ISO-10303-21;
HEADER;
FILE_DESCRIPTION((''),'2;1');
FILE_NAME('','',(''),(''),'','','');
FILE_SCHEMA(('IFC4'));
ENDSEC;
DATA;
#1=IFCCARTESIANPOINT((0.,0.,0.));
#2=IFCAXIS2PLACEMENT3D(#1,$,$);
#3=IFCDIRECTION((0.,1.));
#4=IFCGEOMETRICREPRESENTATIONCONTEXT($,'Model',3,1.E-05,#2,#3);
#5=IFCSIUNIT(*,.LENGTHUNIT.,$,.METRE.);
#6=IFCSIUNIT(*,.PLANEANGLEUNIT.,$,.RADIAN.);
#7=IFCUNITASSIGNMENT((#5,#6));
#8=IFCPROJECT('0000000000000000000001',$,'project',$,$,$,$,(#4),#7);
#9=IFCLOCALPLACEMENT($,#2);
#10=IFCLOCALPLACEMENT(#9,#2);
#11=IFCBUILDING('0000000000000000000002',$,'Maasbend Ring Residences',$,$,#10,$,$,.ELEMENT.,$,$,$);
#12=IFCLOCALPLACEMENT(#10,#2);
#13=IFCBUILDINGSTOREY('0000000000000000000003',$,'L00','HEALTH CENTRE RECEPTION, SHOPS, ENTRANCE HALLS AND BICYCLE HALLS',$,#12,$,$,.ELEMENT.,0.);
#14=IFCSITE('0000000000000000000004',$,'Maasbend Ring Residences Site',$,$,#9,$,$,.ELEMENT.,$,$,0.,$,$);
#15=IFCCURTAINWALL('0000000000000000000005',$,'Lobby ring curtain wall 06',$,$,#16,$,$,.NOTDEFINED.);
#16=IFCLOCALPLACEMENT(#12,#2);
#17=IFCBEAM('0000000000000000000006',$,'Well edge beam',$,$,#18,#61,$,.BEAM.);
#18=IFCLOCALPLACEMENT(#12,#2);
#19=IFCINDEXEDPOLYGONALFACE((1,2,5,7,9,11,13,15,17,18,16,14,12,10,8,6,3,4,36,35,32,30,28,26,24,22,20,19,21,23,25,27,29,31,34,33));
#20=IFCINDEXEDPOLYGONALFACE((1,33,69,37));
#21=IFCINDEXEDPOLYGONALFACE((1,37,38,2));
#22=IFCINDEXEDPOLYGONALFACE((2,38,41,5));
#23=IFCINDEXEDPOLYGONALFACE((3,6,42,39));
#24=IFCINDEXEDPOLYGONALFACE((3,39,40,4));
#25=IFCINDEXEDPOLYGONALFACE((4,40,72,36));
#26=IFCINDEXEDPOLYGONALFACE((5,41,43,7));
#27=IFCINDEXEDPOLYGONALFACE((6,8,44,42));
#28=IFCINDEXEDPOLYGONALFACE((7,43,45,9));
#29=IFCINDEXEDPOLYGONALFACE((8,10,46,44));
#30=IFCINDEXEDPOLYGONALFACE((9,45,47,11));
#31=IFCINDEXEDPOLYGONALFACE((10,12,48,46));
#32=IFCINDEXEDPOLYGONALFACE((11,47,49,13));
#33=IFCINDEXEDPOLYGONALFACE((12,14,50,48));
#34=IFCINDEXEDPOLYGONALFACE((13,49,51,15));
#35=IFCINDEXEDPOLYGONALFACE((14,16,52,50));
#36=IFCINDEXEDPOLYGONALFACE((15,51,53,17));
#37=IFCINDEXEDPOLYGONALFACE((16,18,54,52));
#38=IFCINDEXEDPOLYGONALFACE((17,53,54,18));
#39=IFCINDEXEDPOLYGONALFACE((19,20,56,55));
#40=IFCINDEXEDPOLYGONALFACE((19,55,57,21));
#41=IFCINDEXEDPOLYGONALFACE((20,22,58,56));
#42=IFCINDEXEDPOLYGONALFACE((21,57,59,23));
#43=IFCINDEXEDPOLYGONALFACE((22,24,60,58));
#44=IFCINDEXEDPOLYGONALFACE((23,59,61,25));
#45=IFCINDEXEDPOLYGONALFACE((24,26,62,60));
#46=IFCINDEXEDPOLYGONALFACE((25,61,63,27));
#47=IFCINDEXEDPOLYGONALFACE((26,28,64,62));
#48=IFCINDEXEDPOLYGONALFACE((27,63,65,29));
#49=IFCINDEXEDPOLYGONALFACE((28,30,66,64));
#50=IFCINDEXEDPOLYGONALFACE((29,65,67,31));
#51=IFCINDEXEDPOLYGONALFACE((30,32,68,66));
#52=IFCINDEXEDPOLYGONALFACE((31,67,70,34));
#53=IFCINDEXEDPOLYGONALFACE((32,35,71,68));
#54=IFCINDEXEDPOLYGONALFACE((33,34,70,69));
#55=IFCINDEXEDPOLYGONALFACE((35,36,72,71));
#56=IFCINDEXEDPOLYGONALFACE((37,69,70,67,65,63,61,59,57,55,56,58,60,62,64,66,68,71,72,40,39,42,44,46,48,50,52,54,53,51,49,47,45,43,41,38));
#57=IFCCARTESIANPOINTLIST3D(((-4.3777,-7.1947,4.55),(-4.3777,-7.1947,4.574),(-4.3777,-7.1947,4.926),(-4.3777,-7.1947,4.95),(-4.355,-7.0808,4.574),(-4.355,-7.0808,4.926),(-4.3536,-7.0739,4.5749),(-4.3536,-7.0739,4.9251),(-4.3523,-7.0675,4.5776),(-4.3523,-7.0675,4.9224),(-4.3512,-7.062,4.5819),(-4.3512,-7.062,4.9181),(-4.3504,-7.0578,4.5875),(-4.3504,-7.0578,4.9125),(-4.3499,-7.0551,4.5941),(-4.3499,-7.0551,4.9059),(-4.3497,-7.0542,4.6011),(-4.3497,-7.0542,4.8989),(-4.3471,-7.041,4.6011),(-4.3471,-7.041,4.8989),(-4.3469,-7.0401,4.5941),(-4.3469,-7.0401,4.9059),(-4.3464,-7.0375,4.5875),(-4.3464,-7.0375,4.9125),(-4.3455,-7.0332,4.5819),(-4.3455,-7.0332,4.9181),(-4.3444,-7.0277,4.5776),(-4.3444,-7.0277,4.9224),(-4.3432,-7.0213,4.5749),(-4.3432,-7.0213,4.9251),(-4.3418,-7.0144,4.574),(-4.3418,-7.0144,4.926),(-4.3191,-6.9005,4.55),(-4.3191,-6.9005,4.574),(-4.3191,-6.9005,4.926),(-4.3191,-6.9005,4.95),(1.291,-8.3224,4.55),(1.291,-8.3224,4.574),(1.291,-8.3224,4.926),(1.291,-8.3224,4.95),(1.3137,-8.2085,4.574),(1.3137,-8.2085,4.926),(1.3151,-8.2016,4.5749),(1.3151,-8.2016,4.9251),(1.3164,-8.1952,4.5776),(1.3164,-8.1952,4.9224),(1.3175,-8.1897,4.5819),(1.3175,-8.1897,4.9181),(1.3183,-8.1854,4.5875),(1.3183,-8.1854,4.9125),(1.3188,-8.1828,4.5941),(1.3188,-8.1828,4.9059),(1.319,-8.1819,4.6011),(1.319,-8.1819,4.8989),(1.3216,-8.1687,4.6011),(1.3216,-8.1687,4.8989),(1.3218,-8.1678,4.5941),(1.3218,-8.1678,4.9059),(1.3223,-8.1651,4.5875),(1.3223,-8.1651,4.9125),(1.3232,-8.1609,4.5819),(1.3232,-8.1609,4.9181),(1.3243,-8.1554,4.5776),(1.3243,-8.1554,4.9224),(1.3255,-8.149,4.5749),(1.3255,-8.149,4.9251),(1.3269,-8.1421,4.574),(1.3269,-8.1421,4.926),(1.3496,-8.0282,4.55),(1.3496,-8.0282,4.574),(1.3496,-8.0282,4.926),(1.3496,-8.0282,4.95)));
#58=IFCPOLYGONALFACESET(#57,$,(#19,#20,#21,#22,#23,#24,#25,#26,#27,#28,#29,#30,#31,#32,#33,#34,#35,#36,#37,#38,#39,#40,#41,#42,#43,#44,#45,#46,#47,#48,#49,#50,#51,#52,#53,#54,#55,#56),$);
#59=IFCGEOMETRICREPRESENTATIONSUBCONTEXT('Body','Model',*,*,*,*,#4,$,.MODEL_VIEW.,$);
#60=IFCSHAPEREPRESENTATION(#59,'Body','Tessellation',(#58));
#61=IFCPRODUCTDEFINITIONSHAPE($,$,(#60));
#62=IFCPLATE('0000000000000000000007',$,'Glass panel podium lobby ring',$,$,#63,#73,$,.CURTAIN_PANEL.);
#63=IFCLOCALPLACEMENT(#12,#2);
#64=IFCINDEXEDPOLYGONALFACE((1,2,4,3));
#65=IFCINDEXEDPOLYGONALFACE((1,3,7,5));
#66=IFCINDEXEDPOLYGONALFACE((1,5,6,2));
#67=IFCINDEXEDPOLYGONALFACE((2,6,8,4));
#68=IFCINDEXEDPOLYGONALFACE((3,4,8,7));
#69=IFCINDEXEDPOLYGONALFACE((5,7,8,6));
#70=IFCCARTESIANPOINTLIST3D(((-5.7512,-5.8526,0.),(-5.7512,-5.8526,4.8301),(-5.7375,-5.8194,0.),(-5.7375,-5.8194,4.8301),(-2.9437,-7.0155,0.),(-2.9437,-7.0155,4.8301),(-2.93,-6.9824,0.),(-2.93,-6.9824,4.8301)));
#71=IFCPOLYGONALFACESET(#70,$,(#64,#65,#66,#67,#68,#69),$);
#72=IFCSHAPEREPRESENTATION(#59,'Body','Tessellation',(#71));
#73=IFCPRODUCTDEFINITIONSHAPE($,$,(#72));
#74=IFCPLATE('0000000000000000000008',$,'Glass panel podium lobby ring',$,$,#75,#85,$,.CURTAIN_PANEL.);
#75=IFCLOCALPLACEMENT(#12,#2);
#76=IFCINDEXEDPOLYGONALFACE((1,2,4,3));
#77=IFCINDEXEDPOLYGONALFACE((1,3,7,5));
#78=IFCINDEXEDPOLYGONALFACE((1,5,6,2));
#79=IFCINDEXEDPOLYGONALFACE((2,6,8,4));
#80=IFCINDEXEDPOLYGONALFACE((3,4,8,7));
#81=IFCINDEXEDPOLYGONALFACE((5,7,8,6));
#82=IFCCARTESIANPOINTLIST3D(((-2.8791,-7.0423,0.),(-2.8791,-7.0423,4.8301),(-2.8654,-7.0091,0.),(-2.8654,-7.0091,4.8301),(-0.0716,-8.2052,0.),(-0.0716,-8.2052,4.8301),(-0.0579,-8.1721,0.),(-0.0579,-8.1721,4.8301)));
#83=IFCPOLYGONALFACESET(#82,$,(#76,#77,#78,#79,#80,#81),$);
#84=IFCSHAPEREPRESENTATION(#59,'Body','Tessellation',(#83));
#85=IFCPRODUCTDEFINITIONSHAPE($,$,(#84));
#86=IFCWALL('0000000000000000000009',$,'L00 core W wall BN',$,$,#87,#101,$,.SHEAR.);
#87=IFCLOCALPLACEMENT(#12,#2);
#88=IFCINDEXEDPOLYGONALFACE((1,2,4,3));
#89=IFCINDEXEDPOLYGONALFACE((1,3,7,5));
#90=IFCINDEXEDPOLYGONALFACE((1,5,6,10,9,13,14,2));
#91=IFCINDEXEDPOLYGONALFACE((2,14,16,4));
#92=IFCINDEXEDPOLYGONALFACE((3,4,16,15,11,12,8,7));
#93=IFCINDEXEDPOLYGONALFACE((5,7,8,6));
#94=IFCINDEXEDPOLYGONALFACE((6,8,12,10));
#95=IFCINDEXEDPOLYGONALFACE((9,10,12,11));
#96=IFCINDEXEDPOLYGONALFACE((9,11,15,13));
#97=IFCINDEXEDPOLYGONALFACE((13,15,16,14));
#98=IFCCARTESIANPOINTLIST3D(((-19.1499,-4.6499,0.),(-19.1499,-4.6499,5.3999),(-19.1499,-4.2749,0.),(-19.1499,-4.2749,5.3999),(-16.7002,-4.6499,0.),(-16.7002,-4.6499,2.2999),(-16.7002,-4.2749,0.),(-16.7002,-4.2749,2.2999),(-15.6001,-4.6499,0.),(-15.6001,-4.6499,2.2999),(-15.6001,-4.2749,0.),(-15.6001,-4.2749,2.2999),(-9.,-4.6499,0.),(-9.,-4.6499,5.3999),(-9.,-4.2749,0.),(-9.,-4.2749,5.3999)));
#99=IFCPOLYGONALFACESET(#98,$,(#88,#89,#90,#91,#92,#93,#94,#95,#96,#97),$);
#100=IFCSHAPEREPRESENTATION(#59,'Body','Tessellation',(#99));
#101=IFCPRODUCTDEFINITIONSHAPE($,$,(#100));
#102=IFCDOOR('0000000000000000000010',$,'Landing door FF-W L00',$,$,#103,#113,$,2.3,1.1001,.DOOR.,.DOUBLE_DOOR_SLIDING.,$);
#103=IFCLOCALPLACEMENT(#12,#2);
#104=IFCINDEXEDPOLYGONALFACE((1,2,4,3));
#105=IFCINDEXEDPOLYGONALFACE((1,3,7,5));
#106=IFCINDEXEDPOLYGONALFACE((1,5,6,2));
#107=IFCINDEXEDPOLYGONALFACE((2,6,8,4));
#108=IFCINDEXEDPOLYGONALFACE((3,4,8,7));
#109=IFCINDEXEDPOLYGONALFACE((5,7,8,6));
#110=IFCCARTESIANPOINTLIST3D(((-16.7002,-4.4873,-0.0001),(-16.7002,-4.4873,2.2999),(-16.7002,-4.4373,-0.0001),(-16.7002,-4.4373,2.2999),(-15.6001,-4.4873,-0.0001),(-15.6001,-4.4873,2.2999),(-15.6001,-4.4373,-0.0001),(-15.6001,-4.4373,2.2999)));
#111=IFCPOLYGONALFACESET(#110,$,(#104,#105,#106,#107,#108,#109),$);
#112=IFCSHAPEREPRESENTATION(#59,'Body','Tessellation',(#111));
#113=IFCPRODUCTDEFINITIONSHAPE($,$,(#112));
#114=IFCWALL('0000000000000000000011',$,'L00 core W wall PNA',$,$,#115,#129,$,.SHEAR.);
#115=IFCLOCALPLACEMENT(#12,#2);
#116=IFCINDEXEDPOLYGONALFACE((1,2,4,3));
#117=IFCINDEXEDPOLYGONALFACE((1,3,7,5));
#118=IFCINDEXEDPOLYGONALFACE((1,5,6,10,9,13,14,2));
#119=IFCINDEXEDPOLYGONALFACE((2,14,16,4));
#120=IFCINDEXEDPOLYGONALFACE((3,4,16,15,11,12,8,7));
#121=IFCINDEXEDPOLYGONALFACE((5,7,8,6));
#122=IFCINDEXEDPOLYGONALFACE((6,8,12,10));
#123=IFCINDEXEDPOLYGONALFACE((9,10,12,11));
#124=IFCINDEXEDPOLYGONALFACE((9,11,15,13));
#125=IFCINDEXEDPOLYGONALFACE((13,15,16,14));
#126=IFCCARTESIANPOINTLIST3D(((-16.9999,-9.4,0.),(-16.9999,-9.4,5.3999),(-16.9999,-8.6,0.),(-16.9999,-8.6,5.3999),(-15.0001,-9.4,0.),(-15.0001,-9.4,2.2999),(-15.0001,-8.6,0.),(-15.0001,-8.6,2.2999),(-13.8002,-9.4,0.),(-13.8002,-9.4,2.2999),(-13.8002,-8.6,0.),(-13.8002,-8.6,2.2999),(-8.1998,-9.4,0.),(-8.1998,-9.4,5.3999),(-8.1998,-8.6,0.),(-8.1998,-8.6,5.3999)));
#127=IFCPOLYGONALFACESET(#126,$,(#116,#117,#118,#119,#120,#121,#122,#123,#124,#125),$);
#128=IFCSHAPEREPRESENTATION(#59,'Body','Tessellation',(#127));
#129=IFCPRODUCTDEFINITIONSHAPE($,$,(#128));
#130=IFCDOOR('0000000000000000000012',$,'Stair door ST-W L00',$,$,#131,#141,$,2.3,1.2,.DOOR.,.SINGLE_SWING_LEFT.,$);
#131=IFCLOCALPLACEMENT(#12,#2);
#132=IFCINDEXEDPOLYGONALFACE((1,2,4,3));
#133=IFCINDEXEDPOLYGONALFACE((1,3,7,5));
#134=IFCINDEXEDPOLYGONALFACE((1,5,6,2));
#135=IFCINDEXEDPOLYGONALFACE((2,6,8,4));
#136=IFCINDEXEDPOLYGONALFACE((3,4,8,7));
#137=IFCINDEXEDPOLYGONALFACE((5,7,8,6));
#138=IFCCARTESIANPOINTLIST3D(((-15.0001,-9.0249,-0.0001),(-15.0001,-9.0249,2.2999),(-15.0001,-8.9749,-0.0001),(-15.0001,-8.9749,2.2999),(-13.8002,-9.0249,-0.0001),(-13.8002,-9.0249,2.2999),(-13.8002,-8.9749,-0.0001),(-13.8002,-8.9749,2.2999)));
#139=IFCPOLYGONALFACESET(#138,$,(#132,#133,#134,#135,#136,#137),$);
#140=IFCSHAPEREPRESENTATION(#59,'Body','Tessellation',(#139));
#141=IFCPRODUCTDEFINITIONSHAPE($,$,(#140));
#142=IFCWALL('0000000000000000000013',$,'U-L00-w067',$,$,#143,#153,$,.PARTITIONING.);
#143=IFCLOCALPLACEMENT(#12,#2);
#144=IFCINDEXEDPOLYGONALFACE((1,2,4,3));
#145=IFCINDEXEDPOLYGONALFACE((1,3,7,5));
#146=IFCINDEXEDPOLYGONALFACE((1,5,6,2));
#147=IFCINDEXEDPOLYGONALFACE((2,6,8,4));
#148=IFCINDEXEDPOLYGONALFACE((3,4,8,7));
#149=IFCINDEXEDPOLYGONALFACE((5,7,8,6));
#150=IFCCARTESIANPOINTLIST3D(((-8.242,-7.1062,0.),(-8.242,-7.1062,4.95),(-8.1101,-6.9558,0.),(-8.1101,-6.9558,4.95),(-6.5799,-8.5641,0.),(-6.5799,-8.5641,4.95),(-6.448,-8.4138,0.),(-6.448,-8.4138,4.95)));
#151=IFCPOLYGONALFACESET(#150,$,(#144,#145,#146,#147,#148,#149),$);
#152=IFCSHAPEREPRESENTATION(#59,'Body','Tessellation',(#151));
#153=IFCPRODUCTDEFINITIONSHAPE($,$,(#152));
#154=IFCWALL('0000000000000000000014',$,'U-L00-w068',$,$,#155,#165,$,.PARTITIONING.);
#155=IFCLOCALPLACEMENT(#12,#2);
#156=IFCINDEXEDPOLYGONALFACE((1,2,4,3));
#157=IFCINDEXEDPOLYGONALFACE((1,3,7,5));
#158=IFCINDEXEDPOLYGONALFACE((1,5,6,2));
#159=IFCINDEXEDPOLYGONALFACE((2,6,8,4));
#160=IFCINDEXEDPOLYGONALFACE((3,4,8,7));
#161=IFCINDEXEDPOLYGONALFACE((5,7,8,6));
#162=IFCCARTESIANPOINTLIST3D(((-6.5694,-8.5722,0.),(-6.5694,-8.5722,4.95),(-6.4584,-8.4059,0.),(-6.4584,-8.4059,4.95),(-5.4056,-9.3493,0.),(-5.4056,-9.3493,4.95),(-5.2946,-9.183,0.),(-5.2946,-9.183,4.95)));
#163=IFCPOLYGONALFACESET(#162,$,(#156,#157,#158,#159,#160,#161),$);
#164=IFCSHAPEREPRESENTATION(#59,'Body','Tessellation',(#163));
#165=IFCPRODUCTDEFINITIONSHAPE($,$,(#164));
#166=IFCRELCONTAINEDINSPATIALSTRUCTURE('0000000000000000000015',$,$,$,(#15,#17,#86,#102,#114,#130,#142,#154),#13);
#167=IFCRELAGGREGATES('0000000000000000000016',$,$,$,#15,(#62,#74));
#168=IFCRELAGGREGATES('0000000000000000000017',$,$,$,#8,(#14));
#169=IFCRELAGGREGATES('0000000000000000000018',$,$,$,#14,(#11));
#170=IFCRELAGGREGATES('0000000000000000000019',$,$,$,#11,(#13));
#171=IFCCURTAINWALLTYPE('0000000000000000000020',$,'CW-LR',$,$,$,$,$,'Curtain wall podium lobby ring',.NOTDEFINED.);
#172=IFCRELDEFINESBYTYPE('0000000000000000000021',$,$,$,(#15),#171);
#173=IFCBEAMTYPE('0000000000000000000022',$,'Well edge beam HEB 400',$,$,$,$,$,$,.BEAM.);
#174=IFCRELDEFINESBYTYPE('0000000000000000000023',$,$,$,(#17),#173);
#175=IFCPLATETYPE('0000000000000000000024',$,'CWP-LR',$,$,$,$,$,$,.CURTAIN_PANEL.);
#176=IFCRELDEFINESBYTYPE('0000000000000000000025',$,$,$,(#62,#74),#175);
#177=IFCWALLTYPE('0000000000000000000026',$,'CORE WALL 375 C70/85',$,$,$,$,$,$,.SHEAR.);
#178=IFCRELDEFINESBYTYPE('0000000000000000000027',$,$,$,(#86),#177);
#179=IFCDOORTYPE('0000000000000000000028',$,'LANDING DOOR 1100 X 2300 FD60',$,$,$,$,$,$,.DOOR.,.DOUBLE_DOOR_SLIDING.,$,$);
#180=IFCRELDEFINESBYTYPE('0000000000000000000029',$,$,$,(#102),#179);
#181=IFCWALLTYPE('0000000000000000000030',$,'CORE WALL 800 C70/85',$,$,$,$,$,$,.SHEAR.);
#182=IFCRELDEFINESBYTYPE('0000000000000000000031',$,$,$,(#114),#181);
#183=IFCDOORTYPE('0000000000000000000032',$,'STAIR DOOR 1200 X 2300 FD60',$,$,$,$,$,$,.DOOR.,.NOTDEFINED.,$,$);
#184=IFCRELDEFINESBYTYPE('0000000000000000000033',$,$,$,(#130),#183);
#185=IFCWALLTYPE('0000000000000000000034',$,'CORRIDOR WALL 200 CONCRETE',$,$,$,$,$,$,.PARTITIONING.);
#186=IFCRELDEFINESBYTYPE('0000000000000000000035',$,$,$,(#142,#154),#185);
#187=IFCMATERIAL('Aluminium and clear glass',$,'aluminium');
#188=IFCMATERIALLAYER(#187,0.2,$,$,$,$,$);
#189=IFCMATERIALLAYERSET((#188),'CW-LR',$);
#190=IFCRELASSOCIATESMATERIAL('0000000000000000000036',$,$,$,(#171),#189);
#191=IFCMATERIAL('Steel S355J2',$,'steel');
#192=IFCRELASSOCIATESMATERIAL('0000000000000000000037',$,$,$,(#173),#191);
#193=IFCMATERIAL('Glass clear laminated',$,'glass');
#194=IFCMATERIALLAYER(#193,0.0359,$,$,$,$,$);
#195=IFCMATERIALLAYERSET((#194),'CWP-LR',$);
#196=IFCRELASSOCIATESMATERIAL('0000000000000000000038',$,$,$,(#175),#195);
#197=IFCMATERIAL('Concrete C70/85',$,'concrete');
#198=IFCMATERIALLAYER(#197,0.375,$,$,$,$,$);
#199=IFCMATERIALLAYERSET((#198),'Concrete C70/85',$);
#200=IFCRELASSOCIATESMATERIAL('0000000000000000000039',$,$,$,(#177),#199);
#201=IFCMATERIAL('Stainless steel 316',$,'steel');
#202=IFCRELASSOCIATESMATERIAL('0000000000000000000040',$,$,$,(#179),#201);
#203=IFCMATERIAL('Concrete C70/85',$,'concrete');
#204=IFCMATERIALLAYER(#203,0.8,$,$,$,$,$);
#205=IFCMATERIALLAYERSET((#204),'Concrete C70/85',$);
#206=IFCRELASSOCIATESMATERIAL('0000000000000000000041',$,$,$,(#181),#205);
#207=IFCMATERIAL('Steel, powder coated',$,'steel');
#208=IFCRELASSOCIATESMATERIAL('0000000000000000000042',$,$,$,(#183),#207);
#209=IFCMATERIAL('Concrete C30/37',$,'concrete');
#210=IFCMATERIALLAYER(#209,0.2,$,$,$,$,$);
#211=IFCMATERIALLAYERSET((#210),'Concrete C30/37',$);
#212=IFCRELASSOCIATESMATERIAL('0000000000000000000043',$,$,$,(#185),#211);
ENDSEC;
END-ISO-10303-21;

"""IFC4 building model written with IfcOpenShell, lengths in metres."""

from ifc_helpers import new_model, si_unit, direction, frame, frame_2d, origin, origin_2d, place, context, subcontext, project, spatial, rectangle, i_section, extrude, material, layer, layer_set, material_profile, profile_set, type_object, element, fill, aggregate, save


model = new_model("IFC4")

# Units and contexts
model_context = context("Model", 3, precision=1e-05, world=origin(), true_north=direction((0.0, 1.0)))
body_context = subcontext(model_context, "Body", "Model", "MODEL_VIEW")
ifc_project = project(units=[si_unit("LENGTHUNIT", "METRE"), si_unit("PLANEANGLEUNIT", "RADIAN")], contexts=[model_context])

# Site, building, storey
site_placement = place(None, origin())
site = spatial("IfcSite", under=ifc_project, at=site_placement, Name="Maasbend Ring Residences Site", CompositionType="ELEMENT", RefElevation=0.0)
building_placement = place(site_placement, origin())
building = spatial("IfcBuilding", under=site, at=building_placement, Name="Maasbend Ring Residences", CompositionType="ELEMENT")
storey_placement = place(building_placement, origin())
storey = spatial("IfcBuildingStorey", under=building, at=storey_placement, Name="L00", Description="HEALTH CENTRE RECEPTION, SHOPS, ENTRANCE HALLS AND BICYCLE HALLS", CompositionType="ELEMENT", Elevation=0.0)

# Shared definitions
ifc_material_1 = material(Name="Aluminium and clear glass", Category="aluminium")
ifc_layer_1 = layer(ifc_material_1, 0.2)
ifc_layer_set_1 = layer_set([ifc_layer_1], Name="CW-LR")
curtain_wall_type = type_object("IfcCurtainWallType", Name="CW-LR", ElementType="Curtain wall podium lobby ring", PredefinedType="NOTDEFINED", material=ifc_layer_set_1)

# Curtain wall
curtain_wall_1_placement = place(storey_placement, origin())
curtain_wall_1 = element("IfcCurtainWall", 1, at=curtain_wall_1_placement, inside=storey, type_object=curtain_wall_type, Name="Lobby ring curtain wall 06", PredefinedType="NOTDEFINED")

# Beam
ifc_material_2 = material(Name="Steel S355J2", Category="steel")
ifc_material_profile_1 = material_profile(ifc_material_2, i_section(OverallWidth=0.3, OverallDepth=0.3999, WebThickness=0.0134, FlangeThickness=0.0239, FilletRadius=0.0271, at=origin_2d()), Name="HEB 400")
ifc_profile_set_1 = profile_set([ifc_material_profile_1], Name="Steel S355J2")
beam_type = type_object("IfcBeamType", Name="Well edge beam HEB 400", PredefinedType="BEAM", material=ifc_profile_set_1)
beam_placement = place(storey_placement, frame((-4.3484, -7.0476, 4.75), z_axis=(0.980782, -0.195109, 0.0), x_axis=(0.195109, 0.980782, 0.0)))
element("IfcBeam", 2, at=beam_placement, inside=storey, type_object=beam_type, Name="Well edge beam", PredefinedType="BEAM", context=body_context, shape_type="SweptSolid", body=[
    extrude(i_section(OverallWidth=0.3, OverallDepth=0.3999, WebThickness=0.0134, FlangeThickness=0.0239, FilletRadius=0.0271, at=origin_2d()), origin(), (0.0, 0.0, 1.0), 5.7798),
])

# Plates
ifc_material_3 = material(Name="Glass clear laminated", Category="glass")
ifc_layer_2 = layer(ifc_material_3, 0.0359)
ifc_layer_set_2 = layer_set([ifc_layer_2], Name="CWP-LR")
plate_type = type_object("IfcPlateType", Name="CWP-LR", PredefinedType="CURTAIN_PANEL", material=ifc_layer_set_2)
plate_1_placement = place(storey_placement, frame((-4.3406, -6.4175, 0.0), z_axis=(0.0, 0.0, 1.0), x_axis=(0.92388, -0.382683, 0.0)))
plate_1 = element("IfcPlate", 3, at=plate_1_placement, type_object=plate_type, Name="Glass panel podium lobby ring", PredefinedType="CURTAIN_PANEL", context=body_context, shape_type="SweptSolid", body=[
    extrude(rectangle(XDim=3.0388, YDim=0.0359, at=origin_2d()), origin(), (0.0, 0.0, 1.0), 4.8301),
])
plate_2_placement = place(storey_placement, frame((-1.4685, -7.6072, 0.0), z_axis=(0.0, 0.0, 1.0), x_axis=(0.92388, -0.382683, 0.0)))
plate_2 = element("IfcPlate", 4, at=plate_2_placement, type_object=plate_type, Name="Glass panel podium lobby ring", PredefinedType="CURTAIN_PANEL", context=body_context, shape_type="SweptSolid", body=[
    extrude(rectangle(XDim=3.0388, YDim=0.0359, at=origin_2d()), origin(), (0.0, 0.0, 1.0), 4.8301),
])
aggregate(curtain_wall_1, [plate_1, plate_2])

# Walls, openings, doors
ifc_material_4 = material(Name="Concrete C70/85", Category="concrete")
ifc_layer_3 = layer(ifc_material_4, 0.375)
ifc_layer_set_3 = layer_set([ifc_layer_3], Name="Concrete C70/85")
wall_type_1 = type_object("IfcWallType", Name="CORE WALL 375 C70/85", PredefinedType="SHEAR", material=ifc_layer_set_3)
wall_1_placement = place(storey_placement, frame((-9.0, -4.4624, 0.0), z_axis=(0.0, 0.0, 1.0), x_axis=(-1.0, 0.0, 0.0)))
wall_1 = element("IfcWall", 5, at=wall_1_placement, inside=storey, type_object=wall_type_1, Name="L00 core W wall BN", PredefinedType="SHEAR", context=body_context, shape_type="SweptSolid", body=[
    extrude(rectangle(XDim=10.1499, YDim=0.375, at=frame_2d((5.075, 0.0))), origin(), (0.0, 0.0, 1.0), 5.3999),
])
opening_1_placement = place(wall_1_placement, frame((6.6001, 0.0, 0.0)))
opening_1 = element("IfcOpeningElement", 6, at=opening_1_placement, cuts=wall_1, PredefinedType="OPENING", context=body_context, shape_type="SweptSolid", body=[
    extrude(rectangle(XDim=1.1001, YDim=2.3, at=frame_2d((0.55, 1.1499))), frame((0.0, 0.1975, 0.0), z_axis=(0.0, -1.0, 0.0), x_axis=(1.0, 0.0, 0.0)), (0.0, 0.0, 1.0), 0.395),
])
ifc_material_5 = material(Name="Stainless steel 316", Category="steel")
door_type_1 = type_object("IfcDoorType", Name="LANDING DOOR 1100 X 2300 FD60", OperationType="DOUBLE_DOOR_SLIDING", PredefinedType="DOOR", material=ifc_material_5)
door_1_placement = place(opening_1_placement, origin())
door_1 = element("IfcDoor", 7, at=door_1_placement, inside=storey, type_object=door_type_1, Name="Landing door FF-W L00", OperationType="DOUBLE_DOOR_SLIDING", OverallHeight=2.3, OverallWidth=1.1001, PredefinedType="DOOR", context=body_context, shape_type="SweptSolid", body=[
    extrude(rectangle(XDim=1.1001, YDim=2.3, at=frame_2d((0.55, 1.1499))), frame((0.0, 0.0249, 0.0), z_axis=(0.0, -1.0, 0.0), x_axis=(1.0, 0.0, 0.0)), (0.0, 0.0, 1.0), 0.05),
])
fill(opening_1, door_1)
ifc_material_6 = material(Name="Concrete C70/85", Category="concrete")
ifc_layer_4 = layer(ifc_material_6, 0.8)
ifc_layer_set_4 = layer_set([ifc_layer_4], Name="Concrete C70/85")
wall_type_2 = type_object("IfcWallType", Name="CORE WALL 800 C70/85", PredefinedType="SHEAR", material=ifc_layer_set_4)
wall_2_placement = place(storey_placement, frame((-8.2, -9.0, 0.0), z_axis=(0.0, 0.0, 1.0), x_axis=(-1.0, 0.0, 0.0)))
wall_2 = element("IfcWall", 8, at=wall_2_placement, inside=storey, type_object=wall_type_2, Name="L00 core W wall PNA", PredefinedType="SHEAR", context=body_context, shape_type="SweptSolid", body=[
    extrude(rectangle(XDim=8.8, YDim=0.8, at=frame_2d((4.3999, 0.0))), origin(), (0.0, 0.0, 1.0), 5.3999),
])
opening_2_placement = place(wall_2_placement, frame((5.6001, 0.0, 0.0)))
opening_2 = element("IfcOpeningElement", 9, at=opening_2_placement, cuts=wall_2, PredefinedType="OPENING", context=body_context, shape_type="SweptSolid", body=[
    extrude(rectangle(XDim=1.2, YDim=2.3, at=frame_2d((0.6001, 1.1499))), frame((0.0, 0.4102, 0.0), z_axis=(0.0, -1.0, 0.0), x_axis=(1.0, 0.0, 0.0)), (0.0, 0.0, 1.0), 0.8201),
])
ifc_material_7 = material(Name="Steel, powder coated", Category="steel")
door_type_2 = type_object("IfcDoorType", Name="STAIR DOOR 1200 X 2300 FD60", OperationType="NOTDEFINED", PredefinedType="DOOR", material=ifc_material_7)
door_2_placement = place(opening_2_placement, origin())
door_2 = element("IfcDoor", 10, at=door_2_placement, inside=storey, type_object=door_type_2, Name="Stair door ST-W L00", OperationType="SINGLE_SWING_LEFT", OverallHeight=2.3, OverallWidth=1.2, PredefinedType="DOOR", context=body_context, shape_type="SweptSolid", body=[
    extrude(rectangle(XDim=1.2, YDim=2.3, at=frame_2d((0.6001, 1.1499))), frame((0.0, 0.0249, 0.0), z_axis=(0.0, -1.0, 0.0), x_axis=(1.0, 0.0, 0.0)), (0.0, 0.0, 1.0), 0.05),
])
fill(opening_2, door_2)

# Walls
ifc_material_8 = material(Name="Concrete C30/37", Category="concrete")
ifc_layer_5 = layer(ifc_material_8, 0.2)
ifc_layer_set_5 = layer_set([ifc_layer_5], Name="Concrete C30/37")
wall_type_3 = type_object("IfcWallType", Name="CORRIDOR WALL 200 CONCRETE", PredefinedType="PARTITIONING", material=ifc_layer_set_5)
wall_3_placement = place(storey_placement, frame((-8.176, -7.031, 0.0), z_axis=(0.0, 0.0, 1.0), x_axis=(0.751755, -0.659442, 0.0)))
element("IfcWall", 11, at=wall_3_placement, inside=storey, type_object=wall_type_3, Name="U-L00-w067", PredefinedType="PARTITIONING", context=body_context, shape_type="SweptSolid", body=[
    extrude(rectangle(XDim=2.2109, YDim=0.2, at=frame_2d((1.1055, 0.0))), origin(), (0.0, 0.0, 1.0), 4.95),
])
wall_4_placement = place(storey_placement, frame((-6.5139, -8.489, 0.0), z_axis=(0.0, 0.0, 1.0), x_axis=(0.831647, -0.555304, 0.0)))
element("IfcWall", 12, at=wall_4_placement, inside=storey, type_object=wall_type_3, Name="U-L00-w068", PredefinedType="PARTITIONING", context=body_context, shape_type="SweptSolid", body=[
    extrude(rectangle(XDim=1.3994, YDim=0.2, at=frame_2d((0.6997, 0.0))), origin(), (0.0, 0.0, 1.0), 4.95),
])

save(model, "model.ifc")
